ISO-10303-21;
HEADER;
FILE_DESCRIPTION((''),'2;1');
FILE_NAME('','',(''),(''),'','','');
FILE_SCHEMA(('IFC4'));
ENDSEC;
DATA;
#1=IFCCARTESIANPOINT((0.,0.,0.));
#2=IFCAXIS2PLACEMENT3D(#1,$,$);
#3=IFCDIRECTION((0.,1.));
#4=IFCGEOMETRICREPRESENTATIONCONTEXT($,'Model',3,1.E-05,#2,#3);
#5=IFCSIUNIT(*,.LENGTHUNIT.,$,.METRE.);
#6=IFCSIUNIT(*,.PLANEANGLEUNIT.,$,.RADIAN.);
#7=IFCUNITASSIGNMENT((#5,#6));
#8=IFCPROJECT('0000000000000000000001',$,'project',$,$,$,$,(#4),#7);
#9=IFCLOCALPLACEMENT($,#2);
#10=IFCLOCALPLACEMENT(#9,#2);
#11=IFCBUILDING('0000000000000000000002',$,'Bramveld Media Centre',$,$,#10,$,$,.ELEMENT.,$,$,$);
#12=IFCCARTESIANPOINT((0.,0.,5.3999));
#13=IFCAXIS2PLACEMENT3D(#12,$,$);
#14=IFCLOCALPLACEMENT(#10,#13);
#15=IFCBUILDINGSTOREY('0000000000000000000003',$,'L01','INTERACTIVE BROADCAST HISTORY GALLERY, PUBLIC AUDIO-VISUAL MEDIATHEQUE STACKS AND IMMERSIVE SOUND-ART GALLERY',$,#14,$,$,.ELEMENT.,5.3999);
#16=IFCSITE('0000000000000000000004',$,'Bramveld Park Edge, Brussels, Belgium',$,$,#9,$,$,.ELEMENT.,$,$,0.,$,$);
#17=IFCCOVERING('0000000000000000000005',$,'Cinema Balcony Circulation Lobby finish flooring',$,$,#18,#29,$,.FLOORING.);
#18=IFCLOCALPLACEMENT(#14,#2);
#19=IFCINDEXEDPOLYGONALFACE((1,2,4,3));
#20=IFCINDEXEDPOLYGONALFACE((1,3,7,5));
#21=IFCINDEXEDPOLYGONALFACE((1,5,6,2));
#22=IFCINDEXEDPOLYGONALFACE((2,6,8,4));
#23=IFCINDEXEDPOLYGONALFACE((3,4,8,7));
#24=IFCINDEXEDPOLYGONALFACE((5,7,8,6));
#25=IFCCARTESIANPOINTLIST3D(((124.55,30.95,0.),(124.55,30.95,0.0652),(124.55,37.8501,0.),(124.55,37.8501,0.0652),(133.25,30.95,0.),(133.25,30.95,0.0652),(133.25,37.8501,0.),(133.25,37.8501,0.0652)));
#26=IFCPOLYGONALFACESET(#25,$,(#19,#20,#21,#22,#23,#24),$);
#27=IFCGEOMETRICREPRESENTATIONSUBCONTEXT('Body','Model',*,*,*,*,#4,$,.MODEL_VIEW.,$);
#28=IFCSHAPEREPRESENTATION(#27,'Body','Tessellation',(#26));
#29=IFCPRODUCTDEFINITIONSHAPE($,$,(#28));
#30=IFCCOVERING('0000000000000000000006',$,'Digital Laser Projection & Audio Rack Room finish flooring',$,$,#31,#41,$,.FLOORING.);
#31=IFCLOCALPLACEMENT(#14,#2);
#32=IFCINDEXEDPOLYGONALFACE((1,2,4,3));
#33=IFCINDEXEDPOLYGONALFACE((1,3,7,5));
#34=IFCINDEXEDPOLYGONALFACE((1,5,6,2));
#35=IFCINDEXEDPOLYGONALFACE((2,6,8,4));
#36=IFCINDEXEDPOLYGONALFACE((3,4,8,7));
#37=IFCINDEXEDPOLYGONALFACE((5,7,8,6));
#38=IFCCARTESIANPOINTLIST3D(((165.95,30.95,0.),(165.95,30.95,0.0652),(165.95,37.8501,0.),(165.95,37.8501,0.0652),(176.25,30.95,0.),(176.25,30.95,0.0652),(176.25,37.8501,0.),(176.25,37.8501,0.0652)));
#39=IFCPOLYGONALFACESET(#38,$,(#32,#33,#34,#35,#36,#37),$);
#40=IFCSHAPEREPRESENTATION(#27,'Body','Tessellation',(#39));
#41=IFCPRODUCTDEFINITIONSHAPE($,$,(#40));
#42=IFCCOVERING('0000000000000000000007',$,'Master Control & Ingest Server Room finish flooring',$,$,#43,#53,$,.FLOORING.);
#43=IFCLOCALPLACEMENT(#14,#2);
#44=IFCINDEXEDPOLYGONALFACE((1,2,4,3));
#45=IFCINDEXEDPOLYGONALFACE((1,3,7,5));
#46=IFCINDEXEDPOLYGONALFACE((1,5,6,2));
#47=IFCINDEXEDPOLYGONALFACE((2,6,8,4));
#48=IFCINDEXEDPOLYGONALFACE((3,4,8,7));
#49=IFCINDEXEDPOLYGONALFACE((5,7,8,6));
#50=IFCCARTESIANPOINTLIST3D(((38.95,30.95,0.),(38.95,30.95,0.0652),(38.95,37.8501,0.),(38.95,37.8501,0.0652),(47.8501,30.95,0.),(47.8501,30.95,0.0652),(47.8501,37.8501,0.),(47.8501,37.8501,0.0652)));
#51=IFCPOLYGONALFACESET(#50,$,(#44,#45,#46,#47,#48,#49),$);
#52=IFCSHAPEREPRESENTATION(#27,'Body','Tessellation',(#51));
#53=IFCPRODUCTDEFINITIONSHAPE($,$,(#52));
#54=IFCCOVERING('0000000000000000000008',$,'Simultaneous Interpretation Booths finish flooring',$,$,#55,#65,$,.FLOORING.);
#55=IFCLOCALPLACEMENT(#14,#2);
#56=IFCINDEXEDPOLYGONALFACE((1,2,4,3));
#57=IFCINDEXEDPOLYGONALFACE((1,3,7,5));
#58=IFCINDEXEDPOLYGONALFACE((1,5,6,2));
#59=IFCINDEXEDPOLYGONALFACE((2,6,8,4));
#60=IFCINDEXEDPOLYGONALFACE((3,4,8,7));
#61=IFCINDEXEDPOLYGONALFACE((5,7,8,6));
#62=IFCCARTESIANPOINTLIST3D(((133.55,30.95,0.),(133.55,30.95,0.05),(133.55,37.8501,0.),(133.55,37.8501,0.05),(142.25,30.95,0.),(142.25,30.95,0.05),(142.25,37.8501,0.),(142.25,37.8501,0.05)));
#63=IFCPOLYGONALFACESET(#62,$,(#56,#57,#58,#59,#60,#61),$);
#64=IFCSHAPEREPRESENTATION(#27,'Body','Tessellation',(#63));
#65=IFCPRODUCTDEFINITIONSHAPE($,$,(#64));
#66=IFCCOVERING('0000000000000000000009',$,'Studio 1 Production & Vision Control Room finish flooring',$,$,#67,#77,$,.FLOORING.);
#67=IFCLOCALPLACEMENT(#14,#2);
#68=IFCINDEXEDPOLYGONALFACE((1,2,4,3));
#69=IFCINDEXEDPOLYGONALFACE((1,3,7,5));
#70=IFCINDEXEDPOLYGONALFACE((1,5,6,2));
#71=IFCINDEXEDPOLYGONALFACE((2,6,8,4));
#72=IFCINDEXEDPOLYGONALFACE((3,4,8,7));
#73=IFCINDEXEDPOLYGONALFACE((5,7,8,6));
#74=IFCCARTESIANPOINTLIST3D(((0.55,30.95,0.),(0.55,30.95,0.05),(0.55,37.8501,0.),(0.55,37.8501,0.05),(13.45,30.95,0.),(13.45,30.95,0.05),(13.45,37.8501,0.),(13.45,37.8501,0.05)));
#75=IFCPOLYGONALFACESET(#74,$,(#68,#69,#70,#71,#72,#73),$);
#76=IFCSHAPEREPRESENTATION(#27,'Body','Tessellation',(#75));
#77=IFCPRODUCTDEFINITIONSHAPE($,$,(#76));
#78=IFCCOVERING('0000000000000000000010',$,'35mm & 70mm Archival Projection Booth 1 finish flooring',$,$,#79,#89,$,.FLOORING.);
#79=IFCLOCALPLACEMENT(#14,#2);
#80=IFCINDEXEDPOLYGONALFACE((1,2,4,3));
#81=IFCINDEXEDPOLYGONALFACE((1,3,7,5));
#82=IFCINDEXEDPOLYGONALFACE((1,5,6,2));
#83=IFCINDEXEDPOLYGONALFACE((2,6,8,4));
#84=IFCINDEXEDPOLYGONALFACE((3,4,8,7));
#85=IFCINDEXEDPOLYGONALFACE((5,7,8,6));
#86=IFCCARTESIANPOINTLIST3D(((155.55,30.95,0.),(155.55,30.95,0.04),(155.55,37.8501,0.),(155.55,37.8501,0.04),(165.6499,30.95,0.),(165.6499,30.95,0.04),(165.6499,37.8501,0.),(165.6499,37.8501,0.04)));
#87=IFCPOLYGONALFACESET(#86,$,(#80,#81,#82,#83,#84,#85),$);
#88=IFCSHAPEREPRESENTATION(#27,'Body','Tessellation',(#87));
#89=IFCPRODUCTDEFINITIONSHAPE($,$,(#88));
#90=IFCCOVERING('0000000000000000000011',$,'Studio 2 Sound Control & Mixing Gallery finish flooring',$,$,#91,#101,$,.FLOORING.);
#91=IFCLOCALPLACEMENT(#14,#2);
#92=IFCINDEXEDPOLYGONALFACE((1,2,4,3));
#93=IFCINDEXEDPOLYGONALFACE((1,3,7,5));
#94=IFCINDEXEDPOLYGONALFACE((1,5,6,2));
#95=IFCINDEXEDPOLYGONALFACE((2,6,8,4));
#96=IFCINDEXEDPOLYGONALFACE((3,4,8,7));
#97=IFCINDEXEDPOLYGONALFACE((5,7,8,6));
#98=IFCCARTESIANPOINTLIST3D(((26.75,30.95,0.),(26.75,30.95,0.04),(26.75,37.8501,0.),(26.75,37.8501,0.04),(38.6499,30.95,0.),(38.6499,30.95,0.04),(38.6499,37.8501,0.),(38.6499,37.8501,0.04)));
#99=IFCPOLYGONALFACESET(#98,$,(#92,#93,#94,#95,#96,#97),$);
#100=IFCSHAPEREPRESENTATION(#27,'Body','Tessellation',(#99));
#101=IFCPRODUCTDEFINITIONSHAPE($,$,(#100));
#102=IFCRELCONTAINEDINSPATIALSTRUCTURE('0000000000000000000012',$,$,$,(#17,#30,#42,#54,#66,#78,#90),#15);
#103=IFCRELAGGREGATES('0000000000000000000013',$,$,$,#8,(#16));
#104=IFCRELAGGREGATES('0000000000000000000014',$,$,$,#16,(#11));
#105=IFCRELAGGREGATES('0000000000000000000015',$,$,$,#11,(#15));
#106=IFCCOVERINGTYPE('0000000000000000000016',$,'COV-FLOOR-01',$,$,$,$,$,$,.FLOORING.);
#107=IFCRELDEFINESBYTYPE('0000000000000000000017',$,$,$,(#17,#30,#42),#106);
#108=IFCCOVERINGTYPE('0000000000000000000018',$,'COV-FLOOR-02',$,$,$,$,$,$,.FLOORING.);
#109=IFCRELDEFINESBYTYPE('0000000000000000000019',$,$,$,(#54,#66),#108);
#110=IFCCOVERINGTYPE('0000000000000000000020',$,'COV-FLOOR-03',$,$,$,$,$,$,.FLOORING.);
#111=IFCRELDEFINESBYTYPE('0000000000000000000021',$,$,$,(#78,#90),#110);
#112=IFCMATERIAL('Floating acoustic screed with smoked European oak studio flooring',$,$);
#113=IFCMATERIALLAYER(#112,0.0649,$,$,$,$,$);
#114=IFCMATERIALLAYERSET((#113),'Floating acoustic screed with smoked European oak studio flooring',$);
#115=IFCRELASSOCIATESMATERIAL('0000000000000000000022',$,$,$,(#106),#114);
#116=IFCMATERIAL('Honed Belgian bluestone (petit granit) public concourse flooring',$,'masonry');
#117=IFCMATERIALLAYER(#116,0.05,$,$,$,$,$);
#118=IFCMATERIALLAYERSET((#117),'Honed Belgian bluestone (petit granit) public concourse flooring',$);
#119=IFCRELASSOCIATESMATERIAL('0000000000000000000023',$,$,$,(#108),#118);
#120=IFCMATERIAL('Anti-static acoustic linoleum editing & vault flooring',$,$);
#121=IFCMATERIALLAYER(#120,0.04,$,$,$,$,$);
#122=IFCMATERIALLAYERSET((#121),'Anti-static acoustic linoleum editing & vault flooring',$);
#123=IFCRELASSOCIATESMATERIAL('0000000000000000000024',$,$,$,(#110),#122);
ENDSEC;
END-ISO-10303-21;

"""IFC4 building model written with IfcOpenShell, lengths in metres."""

from ifc_helpers import new_model, si_unit, direction, frame, origin, place, context, subcontext, project, spatial, polyline, outline, extrude, material, layer, layer_set, type_object, element, save


model = new_model("IFC4")

# Units and contexts
model_context = context("Model", 3, precision=1e-05, world=origin(), true_north=direction((0.0, 1.0)))
body_context = subcontext(model_context, "Body", "Model", "MODEL_VIEW")
ifc_project = project(units=[si_unit("LENGTHUNIT", "METRE"), si_unit("PLANEANGLEUNIT", "RADIAN")], contexts=[model_context])

# Site, building, storey
site_placement = place(None, origin())
site = spatial("IfcSite", under=ifc_project, at=site_placement, Name="Bramveld Park Edge, Brussels, Belgium", CompositionType="ELEMENT", RefElevation=0.0)
building_placement = place(site_placement, origin())
building = spatial("IfcBuilding", under=site, at=building_placement, Name="Bramveld Media Centre", CompositionType="ELEMENT")
storey_placement = place(building_placement, frame((0.0, 0.0, 5.3999)))
storey = spatial("IfcBuildingStorey", under=building, at=storey_placement, Name="L01", Description="INTERACTIVE BROADCAST HISTORY GALLERY, PUBLIC AUDIO-VISUAL MEDIATHEQUE STACKS AND IMMERSIVE SOUND-ART GALLERY", CompositionType="ELEMENT", Elevation=5.3999)

# Coverings
ifc_material_1 = material(Name="Floating acoustic screed with smoked European oak studio flooring")
ifc_layer_1 = layer(ifc_material_1, 0.0649)
ifc_layer_set_1 = layer_set([ifc_layer_1], Name="Floating acoustic screed with smoked European oak studio flooring")
covering_type_1 = type_object("IfcCoveringType", Name="COV-FLOOR-01", PredefinedType="FLOORING", material=ifc_layer_set_1)
covering_1_placement = place(storey_placement, origin())
element("IfcCovering", 1, at=covering_1_placement, inside=storey, type_object=covering_type_1, Name="Cinema Balcony Circulation Lobby finish flooring", PredefinedType="FLOORING", context=body_context, shape_type="SweptSolid", body=[
    extrude(outline(polyline([(124.55, 30.95), (133.25, 30.95), (133.25, 37.8501), (124.55, 37.8501), (124.55, 30.95)])), origin(), (0.0, 0.0, 1.0), 0.0652),
])
covering_2_placement = place(storey_placement, origin())
element("IfcCovering", 2, at=covering_2_placement, inside=storey, type_object=covering_type_1, Name="Digital Laser Projection & Audio Rack Room finish flooring", PredefinedType="FLOORING", context=body_context, shape_type="SweptSolid", body=[
    extrude(outline(polyline([(165.95, 30.95), (176.25, 30.95), (176.25, 37.8501), (165.95, 37.8501), (165.95, 30.95)])), origin(), (0.0, 0.0, 1.0), 0.0652),
])
covering_3_placement = place(storey_placement, origin())
element("IfcCovering", 3, at=covering_3_placement, inside=storey, type_object=covering_type_1, Name="Master Control & Ingest Server Room finish flooring", PredefinedType="FLOORING", context=body_context, shape_type="SweptSolid", body=[
    extrude(outline(polyline([(38.95, 30.95), (47.8501, 30.95), (47.8501, 37.8501), (38.95, 37.8501), (38.95, 30.95)])), origin(), (0.0, 0.0, 1.0), 0.0652),
])
ifc_material_2 = material(Name="Honed Belgian bluestone (petit granit) public concourse flooring", Category="masonry")
ifc_layer_2 = layer(ifc_material_2, 0.05)
ifc_layer_set_2 = layer_set([ifc_layer_2], Name="Honed Belgian bluestone (petit granit) public concourse flooring")
covering_type_2 = type_object("IfcCoveringType", Name="COV-FLOOR-02", PredefinedType="FLOORING", material=ifc_layer_set_2)
covering_4_placement = place(storey_placement, origin())
element("IfcCovering", 4, at=covering_4_placement, inside=storey, type_object=covering_type_2, Name="Simultaneous Interpretation Booths finish flooring", PredefinedType="FLOORING", context=body_context, shape_type="SweptSolid", body=[
    extrude(outline(polyline([(133.55, 30.95), (142.25, 30.95), (142.25, 37.8501), (133.55, 37.8501), (133.55, 30.95)])), origin(), (0.0, 0.0, 1.0), 0.05),
])
covering_5_placement = place(storey_placement, origin())
element("IfcCovering", 5, at=covering_5_placement, inside=storey, type_object=covering_type_2, Name="Studio 1 Production & Vision Control Room finish flooring", PredefinedType="FLOORING", context=body_context, shape_type="SweptSolid", body=[
    extrude(outline(polyline([(0.55, 30.95), (13.45, 30.95), (13.45, 37.8501), (0.55, 37.8501), (0.55, 30.95)])), origin(), (0.0, 0.0, 1.0), 0.05),
])
ifc_material_3 = material(Name="Anti-static acoustic linoleum editing & vault flooring")
ifc_layer_3 = layer(ifc_material_3, 0.04)
ifc_layer_set_3 = layer_set([ifc_layer_3], Name="Anti-static acoustic linoleum editing & vault flooring")
covering_type_3 = type_object("IfcCoveringType", Name="COV-FLOOR-03", PredefinedType="FLOORING", material=ifc_layer_set_3)
covering_6_placement = place(storey_placement, origin())
element("IfcCovering", 6, at=covering_6_placement, inside=storey, type_object=covering_type_3, Name="35mm & 70mm Archival Projection Booth 1 finish flooring", PredefinedType="FLOORING", context=body_context, shape_type="SweptSolid", body=[
    extrude(outline(polyline([(155.55, 30.95), (165.6499, 30.95), (165.6499, 37.8501), (155.55, 37.8501), (155.55, 30.95)])), origin(), (0.0, 0.0, 1.0), 0.04),
])
covering_7_placement = place(storey_placement, origin())
element("IfcCovering", 7, at=covering_7_placement, inside=storey, type_object=covering_type_3, Name="Studio 2 Sound Control & Mixing Gallery finish flooring", PredefinedType="FLOORING", context=body_context, shape_type="SweptSolid", body=[
    extrude(outline(polyline([(26.75, 30.95), (38.6499, 30.95), (38.6499, 37.8501), (26.75, 37.8501), (26.75, 30.95)])), origin(), (0.0, 0.0, 1.0), 0.04),
])

save(model, "model.ifc")
